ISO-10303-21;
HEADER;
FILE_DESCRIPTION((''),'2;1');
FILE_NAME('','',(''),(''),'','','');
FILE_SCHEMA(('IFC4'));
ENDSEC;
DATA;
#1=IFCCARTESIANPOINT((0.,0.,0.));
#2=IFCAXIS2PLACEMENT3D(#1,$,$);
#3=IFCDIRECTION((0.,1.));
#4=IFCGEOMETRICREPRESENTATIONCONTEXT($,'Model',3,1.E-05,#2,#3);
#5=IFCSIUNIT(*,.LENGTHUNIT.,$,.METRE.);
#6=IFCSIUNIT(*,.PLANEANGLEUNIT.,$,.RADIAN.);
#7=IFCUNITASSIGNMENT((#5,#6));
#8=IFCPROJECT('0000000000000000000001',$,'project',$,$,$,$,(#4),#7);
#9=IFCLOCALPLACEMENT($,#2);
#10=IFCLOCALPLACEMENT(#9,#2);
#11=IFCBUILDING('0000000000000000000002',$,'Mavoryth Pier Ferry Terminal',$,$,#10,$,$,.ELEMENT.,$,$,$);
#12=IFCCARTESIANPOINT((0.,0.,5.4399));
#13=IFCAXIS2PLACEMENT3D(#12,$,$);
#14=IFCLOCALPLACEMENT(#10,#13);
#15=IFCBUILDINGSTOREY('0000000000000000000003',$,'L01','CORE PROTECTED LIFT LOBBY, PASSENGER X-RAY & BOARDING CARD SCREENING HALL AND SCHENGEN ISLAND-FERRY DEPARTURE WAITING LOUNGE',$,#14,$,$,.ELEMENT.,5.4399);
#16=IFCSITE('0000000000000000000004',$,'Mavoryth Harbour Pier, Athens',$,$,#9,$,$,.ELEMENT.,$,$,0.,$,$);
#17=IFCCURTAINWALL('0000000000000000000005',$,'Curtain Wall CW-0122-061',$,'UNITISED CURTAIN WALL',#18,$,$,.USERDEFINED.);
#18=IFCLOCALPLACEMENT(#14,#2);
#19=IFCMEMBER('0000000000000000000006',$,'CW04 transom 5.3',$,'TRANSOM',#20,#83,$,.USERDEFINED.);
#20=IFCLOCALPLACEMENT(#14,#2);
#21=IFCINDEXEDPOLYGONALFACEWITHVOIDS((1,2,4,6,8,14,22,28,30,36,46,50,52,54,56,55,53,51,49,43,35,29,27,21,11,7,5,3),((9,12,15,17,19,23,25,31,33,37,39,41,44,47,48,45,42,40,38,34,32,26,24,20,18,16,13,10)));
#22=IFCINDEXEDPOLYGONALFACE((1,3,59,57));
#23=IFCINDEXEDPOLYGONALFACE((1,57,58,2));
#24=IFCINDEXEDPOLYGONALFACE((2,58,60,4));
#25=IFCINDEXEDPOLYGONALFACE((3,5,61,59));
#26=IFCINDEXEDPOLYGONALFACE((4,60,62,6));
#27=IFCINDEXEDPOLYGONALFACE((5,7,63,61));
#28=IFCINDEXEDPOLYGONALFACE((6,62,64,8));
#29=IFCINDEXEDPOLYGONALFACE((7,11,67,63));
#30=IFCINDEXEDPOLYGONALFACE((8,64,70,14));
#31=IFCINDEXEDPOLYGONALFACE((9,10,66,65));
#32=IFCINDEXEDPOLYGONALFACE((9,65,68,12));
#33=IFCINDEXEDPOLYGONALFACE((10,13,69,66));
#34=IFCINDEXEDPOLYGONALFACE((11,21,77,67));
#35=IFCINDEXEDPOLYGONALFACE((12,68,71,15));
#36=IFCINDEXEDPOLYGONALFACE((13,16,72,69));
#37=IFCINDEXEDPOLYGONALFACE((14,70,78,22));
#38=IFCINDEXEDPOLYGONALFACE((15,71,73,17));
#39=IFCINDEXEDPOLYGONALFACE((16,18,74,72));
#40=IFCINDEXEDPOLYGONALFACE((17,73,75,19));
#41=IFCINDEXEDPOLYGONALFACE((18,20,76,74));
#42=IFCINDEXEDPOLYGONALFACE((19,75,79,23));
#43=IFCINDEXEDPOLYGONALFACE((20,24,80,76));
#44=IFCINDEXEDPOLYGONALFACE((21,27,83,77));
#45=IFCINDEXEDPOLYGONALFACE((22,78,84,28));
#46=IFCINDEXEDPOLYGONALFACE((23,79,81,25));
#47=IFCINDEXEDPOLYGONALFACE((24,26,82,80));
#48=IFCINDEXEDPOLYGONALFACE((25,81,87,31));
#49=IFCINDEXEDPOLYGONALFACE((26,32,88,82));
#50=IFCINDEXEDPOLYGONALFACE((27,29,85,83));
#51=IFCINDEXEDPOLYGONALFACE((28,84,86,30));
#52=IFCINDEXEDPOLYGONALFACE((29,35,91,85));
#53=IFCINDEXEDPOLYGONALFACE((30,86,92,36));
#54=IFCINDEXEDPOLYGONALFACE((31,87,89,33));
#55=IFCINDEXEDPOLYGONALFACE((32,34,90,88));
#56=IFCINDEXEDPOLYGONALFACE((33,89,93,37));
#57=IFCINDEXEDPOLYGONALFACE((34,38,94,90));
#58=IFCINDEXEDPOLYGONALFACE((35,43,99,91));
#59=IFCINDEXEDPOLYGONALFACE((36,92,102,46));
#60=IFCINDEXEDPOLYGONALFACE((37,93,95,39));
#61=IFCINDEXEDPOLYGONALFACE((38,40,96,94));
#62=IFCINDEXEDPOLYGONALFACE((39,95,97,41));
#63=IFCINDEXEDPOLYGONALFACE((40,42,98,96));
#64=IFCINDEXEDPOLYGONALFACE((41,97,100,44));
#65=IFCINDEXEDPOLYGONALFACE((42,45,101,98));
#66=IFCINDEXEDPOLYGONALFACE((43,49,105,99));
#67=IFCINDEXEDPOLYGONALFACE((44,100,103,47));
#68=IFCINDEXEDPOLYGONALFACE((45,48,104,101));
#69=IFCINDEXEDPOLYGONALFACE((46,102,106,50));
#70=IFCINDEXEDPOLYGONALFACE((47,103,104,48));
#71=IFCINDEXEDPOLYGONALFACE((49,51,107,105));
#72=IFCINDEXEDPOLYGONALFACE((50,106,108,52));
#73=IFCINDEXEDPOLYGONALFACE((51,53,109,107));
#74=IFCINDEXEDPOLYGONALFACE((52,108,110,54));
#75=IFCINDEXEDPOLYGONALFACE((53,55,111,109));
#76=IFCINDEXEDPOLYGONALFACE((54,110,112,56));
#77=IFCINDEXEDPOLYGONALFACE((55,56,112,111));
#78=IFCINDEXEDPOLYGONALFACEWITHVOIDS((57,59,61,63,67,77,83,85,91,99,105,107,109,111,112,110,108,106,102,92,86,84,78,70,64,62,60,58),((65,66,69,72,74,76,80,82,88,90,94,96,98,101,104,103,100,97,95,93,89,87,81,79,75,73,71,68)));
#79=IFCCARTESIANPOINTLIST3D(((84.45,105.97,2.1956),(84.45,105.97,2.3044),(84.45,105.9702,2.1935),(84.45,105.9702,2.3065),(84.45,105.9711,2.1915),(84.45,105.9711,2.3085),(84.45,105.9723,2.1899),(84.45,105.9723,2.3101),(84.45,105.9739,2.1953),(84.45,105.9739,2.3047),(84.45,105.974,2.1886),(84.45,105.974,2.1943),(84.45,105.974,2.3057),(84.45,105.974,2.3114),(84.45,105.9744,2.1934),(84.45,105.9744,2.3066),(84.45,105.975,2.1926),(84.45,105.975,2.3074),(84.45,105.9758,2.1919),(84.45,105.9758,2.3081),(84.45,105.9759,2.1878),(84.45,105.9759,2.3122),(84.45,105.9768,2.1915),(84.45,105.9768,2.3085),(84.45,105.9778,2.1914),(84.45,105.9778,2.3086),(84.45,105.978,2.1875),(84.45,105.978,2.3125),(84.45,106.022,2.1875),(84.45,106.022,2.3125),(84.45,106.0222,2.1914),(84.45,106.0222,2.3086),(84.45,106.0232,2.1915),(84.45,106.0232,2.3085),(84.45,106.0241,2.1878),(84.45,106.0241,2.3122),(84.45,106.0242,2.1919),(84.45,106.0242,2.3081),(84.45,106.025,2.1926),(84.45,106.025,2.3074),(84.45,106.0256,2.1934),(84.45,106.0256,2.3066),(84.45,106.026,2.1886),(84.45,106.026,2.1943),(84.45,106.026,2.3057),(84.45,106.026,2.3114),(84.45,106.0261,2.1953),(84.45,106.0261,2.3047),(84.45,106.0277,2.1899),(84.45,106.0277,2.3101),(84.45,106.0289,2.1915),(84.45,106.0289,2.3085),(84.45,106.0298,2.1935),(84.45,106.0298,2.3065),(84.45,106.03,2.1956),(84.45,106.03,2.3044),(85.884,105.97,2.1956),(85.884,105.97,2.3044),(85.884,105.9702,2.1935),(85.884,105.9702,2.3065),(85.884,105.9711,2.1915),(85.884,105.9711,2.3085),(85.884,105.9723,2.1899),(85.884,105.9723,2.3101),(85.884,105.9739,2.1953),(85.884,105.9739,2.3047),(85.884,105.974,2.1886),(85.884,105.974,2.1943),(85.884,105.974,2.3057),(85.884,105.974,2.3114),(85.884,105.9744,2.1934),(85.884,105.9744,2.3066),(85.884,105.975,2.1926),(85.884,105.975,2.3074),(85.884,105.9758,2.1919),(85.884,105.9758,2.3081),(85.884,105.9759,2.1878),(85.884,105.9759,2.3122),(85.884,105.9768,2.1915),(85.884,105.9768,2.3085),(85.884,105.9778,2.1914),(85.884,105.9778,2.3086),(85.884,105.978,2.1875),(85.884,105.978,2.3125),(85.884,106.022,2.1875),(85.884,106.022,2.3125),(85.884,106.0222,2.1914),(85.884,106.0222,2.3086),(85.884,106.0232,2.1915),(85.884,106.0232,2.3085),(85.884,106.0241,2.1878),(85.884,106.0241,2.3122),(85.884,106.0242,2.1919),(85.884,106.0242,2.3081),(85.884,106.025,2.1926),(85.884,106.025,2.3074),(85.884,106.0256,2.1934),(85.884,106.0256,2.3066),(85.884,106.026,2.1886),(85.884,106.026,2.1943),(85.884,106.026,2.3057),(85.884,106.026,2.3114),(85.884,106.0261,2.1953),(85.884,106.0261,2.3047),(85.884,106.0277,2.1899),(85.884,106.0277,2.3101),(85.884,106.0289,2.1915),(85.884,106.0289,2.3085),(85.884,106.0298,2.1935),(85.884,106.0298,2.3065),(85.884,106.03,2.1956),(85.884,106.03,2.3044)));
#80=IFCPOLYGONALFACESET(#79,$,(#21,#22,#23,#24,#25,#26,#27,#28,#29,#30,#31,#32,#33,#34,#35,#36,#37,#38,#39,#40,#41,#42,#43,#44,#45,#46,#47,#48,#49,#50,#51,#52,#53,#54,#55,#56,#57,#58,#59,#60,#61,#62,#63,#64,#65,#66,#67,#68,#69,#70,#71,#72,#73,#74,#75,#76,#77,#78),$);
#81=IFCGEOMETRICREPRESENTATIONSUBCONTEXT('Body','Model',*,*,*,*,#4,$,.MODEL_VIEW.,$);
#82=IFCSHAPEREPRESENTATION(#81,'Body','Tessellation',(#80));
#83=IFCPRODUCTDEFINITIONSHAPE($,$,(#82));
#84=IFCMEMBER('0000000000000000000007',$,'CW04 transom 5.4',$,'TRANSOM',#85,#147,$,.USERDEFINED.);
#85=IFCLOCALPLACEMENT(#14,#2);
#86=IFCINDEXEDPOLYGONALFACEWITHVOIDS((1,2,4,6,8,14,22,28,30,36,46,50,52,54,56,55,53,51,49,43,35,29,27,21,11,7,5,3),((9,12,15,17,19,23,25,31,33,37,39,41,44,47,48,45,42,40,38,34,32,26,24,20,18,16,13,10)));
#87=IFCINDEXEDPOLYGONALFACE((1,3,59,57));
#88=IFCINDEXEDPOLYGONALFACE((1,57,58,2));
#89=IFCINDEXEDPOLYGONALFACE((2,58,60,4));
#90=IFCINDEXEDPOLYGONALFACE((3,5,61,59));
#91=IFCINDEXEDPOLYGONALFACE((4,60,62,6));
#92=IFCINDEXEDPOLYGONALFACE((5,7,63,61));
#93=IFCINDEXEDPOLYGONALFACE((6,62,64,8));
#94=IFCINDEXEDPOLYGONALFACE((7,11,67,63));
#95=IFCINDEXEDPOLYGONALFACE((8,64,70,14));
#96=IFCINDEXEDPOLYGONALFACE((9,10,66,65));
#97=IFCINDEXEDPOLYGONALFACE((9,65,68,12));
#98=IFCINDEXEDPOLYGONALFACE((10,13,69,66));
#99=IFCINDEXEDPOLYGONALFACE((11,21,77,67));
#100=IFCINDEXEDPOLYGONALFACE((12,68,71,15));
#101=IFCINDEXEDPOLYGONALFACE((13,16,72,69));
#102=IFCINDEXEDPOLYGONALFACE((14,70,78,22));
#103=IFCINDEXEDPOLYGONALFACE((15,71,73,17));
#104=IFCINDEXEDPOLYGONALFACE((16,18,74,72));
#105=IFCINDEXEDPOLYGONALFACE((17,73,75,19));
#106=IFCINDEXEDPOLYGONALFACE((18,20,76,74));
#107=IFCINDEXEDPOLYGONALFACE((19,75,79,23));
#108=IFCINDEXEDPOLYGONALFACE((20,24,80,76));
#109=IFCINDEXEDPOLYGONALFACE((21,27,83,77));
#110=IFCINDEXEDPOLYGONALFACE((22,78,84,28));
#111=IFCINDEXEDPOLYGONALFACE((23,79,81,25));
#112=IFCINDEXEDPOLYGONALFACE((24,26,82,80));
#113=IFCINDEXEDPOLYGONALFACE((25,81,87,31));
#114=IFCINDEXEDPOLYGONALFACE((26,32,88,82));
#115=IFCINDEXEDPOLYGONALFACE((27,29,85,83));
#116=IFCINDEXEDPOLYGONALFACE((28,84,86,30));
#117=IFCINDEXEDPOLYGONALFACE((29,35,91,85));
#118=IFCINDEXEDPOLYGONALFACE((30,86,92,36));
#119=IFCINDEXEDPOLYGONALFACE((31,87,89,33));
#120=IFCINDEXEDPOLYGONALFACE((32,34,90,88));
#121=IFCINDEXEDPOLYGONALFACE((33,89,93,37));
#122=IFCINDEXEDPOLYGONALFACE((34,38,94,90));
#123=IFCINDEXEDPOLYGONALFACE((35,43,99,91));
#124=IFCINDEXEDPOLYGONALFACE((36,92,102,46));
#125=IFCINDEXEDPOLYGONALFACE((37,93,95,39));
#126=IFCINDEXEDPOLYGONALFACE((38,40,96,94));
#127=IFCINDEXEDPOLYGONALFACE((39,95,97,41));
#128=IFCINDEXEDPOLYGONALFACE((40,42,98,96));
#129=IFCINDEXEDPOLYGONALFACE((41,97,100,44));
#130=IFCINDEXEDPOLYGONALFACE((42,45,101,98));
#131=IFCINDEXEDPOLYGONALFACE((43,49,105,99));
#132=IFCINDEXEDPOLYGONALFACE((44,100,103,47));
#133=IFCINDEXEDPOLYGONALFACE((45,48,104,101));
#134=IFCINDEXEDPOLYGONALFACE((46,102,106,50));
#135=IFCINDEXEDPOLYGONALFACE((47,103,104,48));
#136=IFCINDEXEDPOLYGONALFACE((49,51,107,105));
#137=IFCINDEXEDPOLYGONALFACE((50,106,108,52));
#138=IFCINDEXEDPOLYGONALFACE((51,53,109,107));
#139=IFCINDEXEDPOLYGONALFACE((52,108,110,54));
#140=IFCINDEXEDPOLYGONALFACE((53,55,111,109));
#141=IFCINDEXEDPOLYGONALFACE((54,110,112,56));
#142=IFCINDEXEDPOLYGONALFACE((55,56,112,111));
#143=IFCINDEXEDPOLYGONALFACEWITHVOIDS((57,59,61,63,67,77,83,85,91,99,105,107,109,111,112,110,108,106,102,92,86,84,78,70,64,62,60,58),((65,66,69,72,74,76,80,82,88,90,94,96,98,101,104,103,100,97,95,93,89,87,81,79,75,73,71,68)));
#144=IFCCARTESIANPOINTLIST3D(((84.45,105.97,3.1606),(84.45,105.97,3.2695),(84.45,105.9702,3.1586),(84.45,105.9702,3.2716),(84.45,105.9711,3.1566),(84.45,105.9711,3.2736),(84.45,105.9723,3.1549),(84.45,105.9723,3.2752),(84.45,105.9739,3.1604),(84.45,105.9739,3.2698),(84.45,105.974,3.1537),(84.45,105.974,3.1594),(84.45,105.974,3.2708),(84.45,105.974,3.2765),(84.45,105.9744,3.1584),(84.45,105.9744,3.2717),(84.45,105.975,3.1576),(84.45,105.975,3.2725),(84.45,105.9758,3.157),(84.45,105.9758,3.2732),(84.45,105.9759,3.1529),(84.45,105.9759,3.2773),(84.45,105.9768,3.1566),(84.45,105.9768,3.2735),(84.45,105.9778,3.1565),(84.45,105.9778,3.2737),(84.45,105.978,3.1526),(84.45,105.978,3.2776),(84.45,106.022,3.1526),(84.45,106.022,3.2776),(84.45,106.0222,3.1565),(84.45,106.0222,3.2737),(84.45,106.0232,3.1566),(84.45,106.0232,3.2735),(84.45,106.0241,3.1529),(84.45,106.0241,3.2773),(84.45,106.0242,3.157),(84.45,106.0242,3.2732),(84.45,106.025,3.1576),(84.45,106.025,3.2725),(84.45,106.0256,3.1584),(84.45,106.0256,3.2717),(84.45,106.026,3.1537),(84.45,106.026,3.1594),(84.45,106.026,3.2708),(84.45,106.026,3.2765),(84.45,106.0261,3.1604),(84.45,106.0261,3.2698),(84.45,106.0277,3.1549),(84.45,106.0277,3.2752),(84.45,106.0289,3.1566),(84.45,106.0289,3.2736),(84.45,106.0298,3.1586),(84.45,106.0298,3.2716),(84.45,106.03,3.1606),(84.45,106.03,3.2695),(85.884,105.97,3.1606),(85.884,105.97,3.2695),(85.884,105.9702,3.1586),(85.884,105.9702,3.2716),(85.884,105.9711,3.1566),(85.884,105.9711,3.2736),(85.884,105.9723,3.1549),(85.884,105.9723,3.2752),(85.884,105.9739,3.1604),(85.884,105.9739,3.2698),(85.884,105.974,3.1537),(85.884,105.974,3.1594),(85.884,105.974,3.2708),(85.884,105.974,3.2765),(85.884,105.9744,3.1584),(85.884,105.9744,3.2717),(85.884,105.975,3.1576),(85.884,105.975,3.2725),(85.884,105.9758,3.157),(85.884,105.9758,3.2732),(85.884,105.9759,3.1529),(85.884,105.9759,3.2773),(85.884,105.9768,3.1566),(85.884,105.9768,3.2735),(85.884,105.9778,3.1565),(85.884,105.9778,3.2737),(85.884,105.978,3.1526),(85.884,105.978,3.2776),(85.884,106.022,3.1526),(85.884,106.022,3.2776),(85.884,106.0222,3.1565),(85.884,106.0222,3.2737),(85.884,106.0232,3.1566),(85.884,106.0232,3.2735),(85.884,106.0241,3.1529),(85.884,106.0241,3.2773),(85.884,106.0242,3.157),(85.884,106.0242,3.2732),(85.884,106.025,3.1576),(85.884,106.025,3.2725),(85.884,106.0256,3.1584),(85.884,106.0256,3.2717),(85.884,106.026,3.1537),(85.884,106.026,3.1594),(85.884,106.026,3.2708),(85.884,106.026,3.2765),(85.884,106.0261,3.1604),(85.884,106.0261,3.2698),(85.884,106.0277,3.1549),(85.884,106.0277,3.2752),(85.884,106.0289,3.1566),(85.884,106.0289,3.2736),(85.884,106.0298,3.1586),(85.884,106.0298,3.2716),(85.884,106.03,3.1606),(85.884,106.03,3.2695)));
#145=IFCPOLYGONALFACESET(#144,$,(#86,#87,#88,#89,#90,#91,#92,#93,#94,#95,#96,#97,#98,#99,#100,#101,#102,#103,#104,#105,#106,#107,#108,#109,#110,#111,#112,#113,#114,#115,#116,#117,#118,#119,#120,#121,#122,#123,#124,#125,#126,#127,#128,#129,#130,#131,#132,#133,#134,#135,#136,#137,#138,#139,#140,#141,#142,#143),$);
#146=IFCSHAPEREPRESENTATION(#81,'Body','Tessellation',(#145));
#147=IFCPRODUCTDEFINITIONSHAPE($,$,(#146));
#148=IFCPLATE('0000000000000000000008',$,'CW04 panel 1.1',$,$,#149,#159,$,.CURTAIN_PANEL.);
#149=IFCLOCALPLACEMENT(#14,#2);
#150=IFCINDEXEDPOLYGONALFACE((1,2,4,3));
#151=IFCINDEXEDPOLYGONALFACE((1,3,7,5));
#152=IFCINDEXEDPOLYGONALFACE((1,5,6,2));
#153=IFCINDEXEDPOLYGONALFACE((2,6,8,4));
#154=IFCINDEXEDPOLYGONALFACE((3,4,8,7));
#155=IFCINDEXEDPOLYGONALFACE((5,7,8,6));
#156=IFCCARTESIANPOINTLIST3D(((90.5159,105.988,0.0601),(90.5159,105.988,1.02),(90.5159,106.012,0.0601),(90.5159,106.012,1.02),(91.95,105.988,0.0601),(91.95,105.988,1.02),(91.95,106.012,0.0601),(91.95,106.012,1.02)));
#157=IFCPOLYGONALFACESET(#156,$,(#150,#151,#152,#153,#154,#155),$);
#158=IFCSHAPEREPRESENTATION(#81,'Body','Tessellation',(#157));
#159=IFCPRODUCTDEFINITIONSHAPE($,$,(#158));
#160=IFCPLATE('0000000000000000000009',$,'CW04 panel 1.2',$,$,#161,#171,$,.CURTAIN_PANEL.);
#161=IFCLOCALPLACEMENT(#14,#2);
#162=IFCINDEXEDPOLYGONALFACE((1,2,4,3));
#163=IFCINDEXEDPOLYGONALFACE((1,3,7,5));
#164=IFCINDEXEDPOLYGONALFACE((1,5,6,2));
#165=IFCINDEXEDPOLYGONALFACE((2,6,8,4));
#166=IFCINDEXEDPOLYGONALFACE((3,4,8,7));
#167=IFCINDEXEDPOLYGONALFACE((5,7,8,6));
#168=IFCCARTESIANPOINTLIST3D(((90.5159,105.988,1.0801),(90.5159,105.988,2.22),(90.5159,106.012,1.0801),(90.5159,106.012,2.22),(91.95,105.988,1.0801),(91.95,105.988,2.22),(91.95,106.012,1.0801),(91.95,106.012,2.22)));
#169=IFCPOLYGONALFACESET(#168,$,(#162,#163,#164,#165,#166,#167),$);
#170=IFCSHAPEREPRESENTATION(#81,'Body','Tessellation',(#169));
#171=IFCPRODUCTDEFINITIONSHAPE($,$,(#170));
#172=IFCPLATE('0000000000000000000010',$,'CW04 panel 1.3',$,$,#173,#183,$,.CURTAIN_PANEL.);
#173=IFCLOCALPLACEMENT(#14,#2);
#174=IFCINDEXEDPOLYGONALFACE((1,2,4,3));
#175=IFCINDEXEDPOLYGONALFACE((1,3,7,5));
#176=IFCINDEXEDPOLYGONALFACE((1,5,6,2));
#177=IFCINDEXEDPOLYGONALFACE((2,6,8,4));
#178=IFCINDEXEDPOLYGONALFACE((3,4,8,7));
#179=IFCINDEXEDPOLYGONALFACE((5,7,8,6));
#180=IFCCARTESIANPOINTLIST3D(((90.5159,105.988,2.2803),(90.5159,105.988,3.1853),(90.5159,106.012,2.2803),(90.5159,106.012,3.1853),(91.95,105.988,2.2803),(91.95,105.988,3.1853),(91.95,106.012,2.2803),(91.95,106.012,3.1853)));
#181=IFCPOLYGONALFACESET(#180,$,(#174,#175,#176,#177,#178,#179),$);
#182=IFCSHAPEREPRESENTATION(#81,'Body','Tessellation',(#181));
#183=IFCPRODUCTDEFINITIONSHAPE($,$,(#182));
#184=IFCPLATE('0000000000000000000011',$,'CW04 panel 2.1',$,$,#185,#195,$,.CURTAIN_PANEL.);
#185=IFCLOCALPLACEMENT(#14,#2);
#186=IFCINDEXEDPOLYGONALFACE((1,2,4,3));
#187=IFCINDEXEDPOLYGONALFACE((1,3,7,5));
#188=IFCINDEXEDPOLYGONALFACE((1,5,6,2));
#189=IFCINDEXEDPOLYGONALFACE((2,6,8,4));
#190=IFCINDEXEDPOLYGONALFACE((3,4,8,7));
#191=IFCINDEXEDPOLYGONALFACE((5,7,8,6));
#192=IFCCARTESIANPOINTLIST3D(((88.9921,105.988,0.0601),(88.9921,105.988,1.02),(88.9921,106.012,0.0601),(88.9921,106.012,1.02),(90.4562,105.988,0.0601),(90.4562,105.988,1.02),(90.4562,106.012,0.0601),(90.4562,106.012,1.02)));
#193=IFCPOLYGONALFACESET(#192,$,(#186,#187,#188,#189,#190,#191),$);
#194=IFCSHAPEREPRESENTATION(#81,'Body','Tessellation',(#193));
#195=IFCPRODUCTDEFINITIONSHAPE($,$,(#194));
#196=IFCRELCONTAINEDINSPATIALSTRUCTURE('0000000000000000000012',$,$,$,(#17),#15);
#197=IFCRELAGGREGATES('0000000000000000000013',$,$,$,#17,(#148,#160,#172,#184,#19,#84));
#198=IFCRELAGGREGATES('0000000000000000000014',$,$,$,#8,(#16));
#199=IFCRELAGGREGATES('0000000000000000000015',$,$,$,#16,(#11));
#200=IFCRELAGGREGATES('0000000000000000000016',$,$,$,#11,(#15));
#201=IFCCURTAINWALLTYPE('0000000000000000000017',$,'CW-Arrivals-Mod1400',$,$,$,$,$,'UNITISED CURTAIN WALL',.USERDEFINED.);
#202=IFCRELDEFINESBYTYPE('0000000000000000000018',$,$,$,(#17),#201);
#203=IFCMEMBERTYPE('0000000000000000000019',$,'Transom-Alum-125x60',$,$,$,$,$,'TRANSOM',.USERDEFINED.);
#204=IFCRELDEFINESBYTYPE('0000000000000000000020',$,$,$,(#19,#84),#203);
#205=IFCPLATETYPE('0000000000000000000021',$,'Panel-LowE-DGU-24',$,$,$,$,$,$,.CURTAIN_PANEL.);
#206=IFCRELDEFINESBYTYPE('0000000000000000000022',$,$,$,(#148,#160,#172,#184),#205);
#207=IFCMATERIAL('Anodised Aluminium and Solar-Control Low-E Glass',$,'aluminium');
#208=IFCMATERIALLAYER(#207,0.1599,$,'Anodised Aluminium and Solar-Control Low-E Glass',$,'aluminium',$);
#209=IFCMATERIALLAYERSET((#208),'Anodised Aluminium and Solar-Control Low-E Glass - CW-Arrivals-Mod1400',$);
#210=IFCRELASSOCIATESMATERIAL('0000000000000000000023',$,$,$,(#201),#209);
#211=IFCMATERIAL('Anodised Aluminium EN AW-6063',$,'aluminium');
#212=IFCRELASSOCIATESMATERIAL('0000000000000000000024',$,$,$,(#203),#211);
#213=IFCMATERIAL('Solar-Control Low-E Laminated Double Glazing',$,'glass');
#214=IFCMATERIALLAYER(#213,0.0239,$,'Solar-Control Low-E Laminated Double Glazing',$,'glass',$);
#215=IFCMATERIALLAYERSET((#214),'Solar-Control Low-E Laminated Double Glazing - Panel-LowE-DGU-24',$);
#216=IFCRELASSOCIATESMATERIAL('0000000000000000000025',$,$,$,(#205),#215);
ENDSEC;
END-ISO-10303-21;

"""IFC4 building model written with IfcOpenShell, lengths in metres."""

from ifc_helpers import new_model, si_unit, direction, frame, origin, origin_2d, place, context, subcontext, project, spatial, rectangle, hollow_rectangle, extrude, material, layer, layer_set, material_profile, profile_set, type_object, element, aggregate, save


model = new_model("IFC4")

# Units and contexts
model_context = context("Model", 3, precision=1e-05, world=origin(), true_north=direction((0.0, 1.0)))
body_context = subcontext(model_context, "Body", "Model", "MODEL_VIEW")
ifc_project = project(units=[si_unit("LENGTHUNIT", "METRE"), si_unit("PLANEANGLEUNIT", "RADIAN")], contexts=[model_context])

# Site, building, storey
site_placement = place(None, origin())
site = spatial("IfcSite", under=ifc_project, at=site_placement, Name="Mavoryth Harbour Pier, Athens", CompositionType="ELEMENT", RefElevation=0.0)
building_placement = place(site_placement, origin())
building = spatial("IfcBuilding", under=site, at=building_placement, Name="Mavoryth Pier Ferry Terminal", CompositionType="ELEMENT")
storey_placement = place(building_placement, frame((0.0, 0.0, 5.4399)))
storey = spatial("IfcBuildingStorey", under=building, at=storey_placement, Name="L01", Description="CORE PROTECTED LIFT LOBBY, PASSENGER X-RAY & BOARDING CARD SCREENING HALL AND SCHENGEN ISLAND-FERRY DEPARTURE WAITING LOUNGE", CompositionType="ELEMENT", Elevation=5.4399)

# Curtain wall, members, plates
ifc_material_1 = material(Name="Anodised Aluminium and Solar-Control Low-E Glass", Category="aluminium")
ifc_layer_1 = layer(ifc_material_1, 0.1599, Name="Anodised Aluminium and Solar-Control Low-E Glass", Category="aluminium")
ifc_layer_set_1 = layer_set([ifc_layer_1], Name="Anodised Aluminium and Solar-Control Low-E Glass - CW-Arrivals-Mod1400")
curtain_wall_type = type_object("IfcCurtainWallType", Name="CW-Arrivals-Mod1400", ElementType="UNITISED CURTAIN WALL", PredefinedType="USERDEFINED", material=ifc_layer_set_1)
curtain_wall_placement = place(storey_placement, origin())
curtain_wall = element("IfcCurtainWall", 1, at=curtain_wall_placement, inside=storey, type_object=curtain_wall_type, Name="Curtain Wall CW-0122-061", ObjectType="UNITISED CURTAIN WALL", PredefinedType="USERDEFINED")
ifc_material_2 = material(Name="Anodised Aluminium EN AW-6063", Category="aluminium")
ifc_material_profile_1 = material_profile(ifc_material_2, hollow_rectangle(XDim=0.0601, YDim=0.125, WallThickness=0.0039, InnerFilletRadius=0.0039, OuterFilletRadius=0.0081, at=origin_2d()), Name="AL-TRAN 125x60x4", Category="aluminium")
ifc_profile_set_1 = profile_set([ifc_material_profile_1], Name="Anodised Aluminium EN AW-6063 - AL-TRAN 125x60x4")
member_type_1 = type_object("IfcMemberType", Name="Transom-Alum-125x60", ElementType="TRANSOM", PredefinedType="USERDEFINED", material=ifc_profile_set_1)
member_1_placement = place(storey_placement, frame((85.884, 106.0, 2.25), z_axis=(-1.0, 0.0, 0.0), x_axis=(0.0, -1.0, 0.0)))
member_1 = element("IfcMember", 2, at=member_1_placement, type_object=member_type_1, Name="CW04 transom 5.3", ObjectType="TRANSOM", PredefinedType="USERDEFINED", context=body_context, shape_type="SweptSolid", body=[
    extrude(hollow_rectangle(XDim=0.0601, YDim=0.125, WallThickness=0.0039, InnerFilletRadius=0.0039, OuterFilletRadius=0.0081, at=origin_2d()), origin(), (0.0, 0.0, 1.0), 1.4341),
])
member_2_placement = place(storey_placement, frame((85.884, 106.0, 3.2151), z_axis=(-1.0, 0.0, 0.0), x_axis=(0.0, -1.0, 0.0)))
member_2 = element("IfcMember", 3, at=member_2_placement, type_object=member_type_1, Name="CW04 transom 5.4", ObjectType="TRANSOM", PredefinedType="USERDEFINED", context=body_context, shape_type="SweptSolid", body=[
    extrude(hollow_rectangle(XDim=0.0601, YDim=0.125, WallThickness=0.0039, InnerFilletRadius=0.0039, OuterFilletRadius=0.0081, at=origin_2d()), origin(), (0.0, 0.0, 1.0), 1.4341),
])
ifc_material_3 = material(Name="Solar-Control Low-E Laminated Double Glazing", Category="glass")
ifc_layer_2 = layer(ifc_material_3, 0.0239, Name="Solar-Control Low-E Laminated Double Glazing", Category="glass")
ifc_layer_set_2 = layer_set([ifc_layer_2], Name="Solar-Control Low-E Laminated Double Glazing - Panel-LowE-DGU-24")
plate_type = type_object("IfcPlateType", Name="Panel-LowE-DGU-24", PredefinedType="CURTAIN_PANEL", material=ifc_layer_set_2)
plate_1_placement = place(storey_placement, frame((91.2329, 106.0, 0.0601), z_axis=(0.0, 0.0, 1.0), x_axis=(-1.0, 0.0, 0.0)))
plate_1 = element("IfcPlate", 4, at=plate_1_placement, type_object=plate_type, Name="CW04 panel 1.1", PredefinedType="CURTAIN_PANEL", context=body_context, shape_type="SweptSolid", body=[
    extrude(rectangle(XDim=1.4341, YDim=0.0239, at=origin_2d()), origin(), (0.0, 0.0, 1.0), 0.96),
])
plate_2_placement = place(storey_placement, frame((91.2329, 106.0, 1.0801), z_axis=(0.0, 0.0, 1.0), x_axis=(-1.0, 0.0, 0.0)))
plate_2 = element("IfcPlate", 5, at=plate_2_placement, type_object=plate_type, Name="CW04 panel 1.2", PredefinedType="CURTAIN_PANEL", context=body_context, shape_type="SweptSolid", body=[
    extrude(rectangle(XDim=1.4341, YDim=0.0239, at=origin_2d()), origin(), (0.0, 0.0, 1.0), 1.1399),
])
plate_3_placement = place(storey_placement, frame((91.2329, 106.0, 2.2803), z_axis=(0.0, 0.0, 1.0), x_axis=(-1.0, 0.0, 0.0)))
plate_3 = element("IfcPlate", 6, at=plate_3_placement, type_object=plate_type, Name="CW04 panel 1.3", PredefinedType="CURTAIN_PANEL", context=body_context, shape_type="SweptSolid", body=[
    extrude(rectangle(XDim=1.4341, YDim=0.0239, at=origin_2d()), origin(), (0.0, 0.0, 1.0), 0.905),
])
plate_4_placement = place(storey_placement, frame((89.7241, 106.0, 0.0601), z_axis=(0.0, 0.0, 1.0), x_axis=(-1.0, 0.0, 0.0)))
plate_4 = element("IfcPlate", 7, at=plate_4_placement, type_object=plate_type, Name="CW04 panel 2.1", PredefinedType="CURTAIN_PANEL", context=body_context, shape_type="SweptSolid", body=[
    extrude(rectangle(XDim=1.4641, YDim=0.0239, at=origin_2d()), origin(), (0.0, 0.0, 1.0), 0.96),
])
aggregate(curtain_wall, [plate_1, plate_2, plate_3, plate_4, member_1, member_2])

save(model, "model.ifc")
